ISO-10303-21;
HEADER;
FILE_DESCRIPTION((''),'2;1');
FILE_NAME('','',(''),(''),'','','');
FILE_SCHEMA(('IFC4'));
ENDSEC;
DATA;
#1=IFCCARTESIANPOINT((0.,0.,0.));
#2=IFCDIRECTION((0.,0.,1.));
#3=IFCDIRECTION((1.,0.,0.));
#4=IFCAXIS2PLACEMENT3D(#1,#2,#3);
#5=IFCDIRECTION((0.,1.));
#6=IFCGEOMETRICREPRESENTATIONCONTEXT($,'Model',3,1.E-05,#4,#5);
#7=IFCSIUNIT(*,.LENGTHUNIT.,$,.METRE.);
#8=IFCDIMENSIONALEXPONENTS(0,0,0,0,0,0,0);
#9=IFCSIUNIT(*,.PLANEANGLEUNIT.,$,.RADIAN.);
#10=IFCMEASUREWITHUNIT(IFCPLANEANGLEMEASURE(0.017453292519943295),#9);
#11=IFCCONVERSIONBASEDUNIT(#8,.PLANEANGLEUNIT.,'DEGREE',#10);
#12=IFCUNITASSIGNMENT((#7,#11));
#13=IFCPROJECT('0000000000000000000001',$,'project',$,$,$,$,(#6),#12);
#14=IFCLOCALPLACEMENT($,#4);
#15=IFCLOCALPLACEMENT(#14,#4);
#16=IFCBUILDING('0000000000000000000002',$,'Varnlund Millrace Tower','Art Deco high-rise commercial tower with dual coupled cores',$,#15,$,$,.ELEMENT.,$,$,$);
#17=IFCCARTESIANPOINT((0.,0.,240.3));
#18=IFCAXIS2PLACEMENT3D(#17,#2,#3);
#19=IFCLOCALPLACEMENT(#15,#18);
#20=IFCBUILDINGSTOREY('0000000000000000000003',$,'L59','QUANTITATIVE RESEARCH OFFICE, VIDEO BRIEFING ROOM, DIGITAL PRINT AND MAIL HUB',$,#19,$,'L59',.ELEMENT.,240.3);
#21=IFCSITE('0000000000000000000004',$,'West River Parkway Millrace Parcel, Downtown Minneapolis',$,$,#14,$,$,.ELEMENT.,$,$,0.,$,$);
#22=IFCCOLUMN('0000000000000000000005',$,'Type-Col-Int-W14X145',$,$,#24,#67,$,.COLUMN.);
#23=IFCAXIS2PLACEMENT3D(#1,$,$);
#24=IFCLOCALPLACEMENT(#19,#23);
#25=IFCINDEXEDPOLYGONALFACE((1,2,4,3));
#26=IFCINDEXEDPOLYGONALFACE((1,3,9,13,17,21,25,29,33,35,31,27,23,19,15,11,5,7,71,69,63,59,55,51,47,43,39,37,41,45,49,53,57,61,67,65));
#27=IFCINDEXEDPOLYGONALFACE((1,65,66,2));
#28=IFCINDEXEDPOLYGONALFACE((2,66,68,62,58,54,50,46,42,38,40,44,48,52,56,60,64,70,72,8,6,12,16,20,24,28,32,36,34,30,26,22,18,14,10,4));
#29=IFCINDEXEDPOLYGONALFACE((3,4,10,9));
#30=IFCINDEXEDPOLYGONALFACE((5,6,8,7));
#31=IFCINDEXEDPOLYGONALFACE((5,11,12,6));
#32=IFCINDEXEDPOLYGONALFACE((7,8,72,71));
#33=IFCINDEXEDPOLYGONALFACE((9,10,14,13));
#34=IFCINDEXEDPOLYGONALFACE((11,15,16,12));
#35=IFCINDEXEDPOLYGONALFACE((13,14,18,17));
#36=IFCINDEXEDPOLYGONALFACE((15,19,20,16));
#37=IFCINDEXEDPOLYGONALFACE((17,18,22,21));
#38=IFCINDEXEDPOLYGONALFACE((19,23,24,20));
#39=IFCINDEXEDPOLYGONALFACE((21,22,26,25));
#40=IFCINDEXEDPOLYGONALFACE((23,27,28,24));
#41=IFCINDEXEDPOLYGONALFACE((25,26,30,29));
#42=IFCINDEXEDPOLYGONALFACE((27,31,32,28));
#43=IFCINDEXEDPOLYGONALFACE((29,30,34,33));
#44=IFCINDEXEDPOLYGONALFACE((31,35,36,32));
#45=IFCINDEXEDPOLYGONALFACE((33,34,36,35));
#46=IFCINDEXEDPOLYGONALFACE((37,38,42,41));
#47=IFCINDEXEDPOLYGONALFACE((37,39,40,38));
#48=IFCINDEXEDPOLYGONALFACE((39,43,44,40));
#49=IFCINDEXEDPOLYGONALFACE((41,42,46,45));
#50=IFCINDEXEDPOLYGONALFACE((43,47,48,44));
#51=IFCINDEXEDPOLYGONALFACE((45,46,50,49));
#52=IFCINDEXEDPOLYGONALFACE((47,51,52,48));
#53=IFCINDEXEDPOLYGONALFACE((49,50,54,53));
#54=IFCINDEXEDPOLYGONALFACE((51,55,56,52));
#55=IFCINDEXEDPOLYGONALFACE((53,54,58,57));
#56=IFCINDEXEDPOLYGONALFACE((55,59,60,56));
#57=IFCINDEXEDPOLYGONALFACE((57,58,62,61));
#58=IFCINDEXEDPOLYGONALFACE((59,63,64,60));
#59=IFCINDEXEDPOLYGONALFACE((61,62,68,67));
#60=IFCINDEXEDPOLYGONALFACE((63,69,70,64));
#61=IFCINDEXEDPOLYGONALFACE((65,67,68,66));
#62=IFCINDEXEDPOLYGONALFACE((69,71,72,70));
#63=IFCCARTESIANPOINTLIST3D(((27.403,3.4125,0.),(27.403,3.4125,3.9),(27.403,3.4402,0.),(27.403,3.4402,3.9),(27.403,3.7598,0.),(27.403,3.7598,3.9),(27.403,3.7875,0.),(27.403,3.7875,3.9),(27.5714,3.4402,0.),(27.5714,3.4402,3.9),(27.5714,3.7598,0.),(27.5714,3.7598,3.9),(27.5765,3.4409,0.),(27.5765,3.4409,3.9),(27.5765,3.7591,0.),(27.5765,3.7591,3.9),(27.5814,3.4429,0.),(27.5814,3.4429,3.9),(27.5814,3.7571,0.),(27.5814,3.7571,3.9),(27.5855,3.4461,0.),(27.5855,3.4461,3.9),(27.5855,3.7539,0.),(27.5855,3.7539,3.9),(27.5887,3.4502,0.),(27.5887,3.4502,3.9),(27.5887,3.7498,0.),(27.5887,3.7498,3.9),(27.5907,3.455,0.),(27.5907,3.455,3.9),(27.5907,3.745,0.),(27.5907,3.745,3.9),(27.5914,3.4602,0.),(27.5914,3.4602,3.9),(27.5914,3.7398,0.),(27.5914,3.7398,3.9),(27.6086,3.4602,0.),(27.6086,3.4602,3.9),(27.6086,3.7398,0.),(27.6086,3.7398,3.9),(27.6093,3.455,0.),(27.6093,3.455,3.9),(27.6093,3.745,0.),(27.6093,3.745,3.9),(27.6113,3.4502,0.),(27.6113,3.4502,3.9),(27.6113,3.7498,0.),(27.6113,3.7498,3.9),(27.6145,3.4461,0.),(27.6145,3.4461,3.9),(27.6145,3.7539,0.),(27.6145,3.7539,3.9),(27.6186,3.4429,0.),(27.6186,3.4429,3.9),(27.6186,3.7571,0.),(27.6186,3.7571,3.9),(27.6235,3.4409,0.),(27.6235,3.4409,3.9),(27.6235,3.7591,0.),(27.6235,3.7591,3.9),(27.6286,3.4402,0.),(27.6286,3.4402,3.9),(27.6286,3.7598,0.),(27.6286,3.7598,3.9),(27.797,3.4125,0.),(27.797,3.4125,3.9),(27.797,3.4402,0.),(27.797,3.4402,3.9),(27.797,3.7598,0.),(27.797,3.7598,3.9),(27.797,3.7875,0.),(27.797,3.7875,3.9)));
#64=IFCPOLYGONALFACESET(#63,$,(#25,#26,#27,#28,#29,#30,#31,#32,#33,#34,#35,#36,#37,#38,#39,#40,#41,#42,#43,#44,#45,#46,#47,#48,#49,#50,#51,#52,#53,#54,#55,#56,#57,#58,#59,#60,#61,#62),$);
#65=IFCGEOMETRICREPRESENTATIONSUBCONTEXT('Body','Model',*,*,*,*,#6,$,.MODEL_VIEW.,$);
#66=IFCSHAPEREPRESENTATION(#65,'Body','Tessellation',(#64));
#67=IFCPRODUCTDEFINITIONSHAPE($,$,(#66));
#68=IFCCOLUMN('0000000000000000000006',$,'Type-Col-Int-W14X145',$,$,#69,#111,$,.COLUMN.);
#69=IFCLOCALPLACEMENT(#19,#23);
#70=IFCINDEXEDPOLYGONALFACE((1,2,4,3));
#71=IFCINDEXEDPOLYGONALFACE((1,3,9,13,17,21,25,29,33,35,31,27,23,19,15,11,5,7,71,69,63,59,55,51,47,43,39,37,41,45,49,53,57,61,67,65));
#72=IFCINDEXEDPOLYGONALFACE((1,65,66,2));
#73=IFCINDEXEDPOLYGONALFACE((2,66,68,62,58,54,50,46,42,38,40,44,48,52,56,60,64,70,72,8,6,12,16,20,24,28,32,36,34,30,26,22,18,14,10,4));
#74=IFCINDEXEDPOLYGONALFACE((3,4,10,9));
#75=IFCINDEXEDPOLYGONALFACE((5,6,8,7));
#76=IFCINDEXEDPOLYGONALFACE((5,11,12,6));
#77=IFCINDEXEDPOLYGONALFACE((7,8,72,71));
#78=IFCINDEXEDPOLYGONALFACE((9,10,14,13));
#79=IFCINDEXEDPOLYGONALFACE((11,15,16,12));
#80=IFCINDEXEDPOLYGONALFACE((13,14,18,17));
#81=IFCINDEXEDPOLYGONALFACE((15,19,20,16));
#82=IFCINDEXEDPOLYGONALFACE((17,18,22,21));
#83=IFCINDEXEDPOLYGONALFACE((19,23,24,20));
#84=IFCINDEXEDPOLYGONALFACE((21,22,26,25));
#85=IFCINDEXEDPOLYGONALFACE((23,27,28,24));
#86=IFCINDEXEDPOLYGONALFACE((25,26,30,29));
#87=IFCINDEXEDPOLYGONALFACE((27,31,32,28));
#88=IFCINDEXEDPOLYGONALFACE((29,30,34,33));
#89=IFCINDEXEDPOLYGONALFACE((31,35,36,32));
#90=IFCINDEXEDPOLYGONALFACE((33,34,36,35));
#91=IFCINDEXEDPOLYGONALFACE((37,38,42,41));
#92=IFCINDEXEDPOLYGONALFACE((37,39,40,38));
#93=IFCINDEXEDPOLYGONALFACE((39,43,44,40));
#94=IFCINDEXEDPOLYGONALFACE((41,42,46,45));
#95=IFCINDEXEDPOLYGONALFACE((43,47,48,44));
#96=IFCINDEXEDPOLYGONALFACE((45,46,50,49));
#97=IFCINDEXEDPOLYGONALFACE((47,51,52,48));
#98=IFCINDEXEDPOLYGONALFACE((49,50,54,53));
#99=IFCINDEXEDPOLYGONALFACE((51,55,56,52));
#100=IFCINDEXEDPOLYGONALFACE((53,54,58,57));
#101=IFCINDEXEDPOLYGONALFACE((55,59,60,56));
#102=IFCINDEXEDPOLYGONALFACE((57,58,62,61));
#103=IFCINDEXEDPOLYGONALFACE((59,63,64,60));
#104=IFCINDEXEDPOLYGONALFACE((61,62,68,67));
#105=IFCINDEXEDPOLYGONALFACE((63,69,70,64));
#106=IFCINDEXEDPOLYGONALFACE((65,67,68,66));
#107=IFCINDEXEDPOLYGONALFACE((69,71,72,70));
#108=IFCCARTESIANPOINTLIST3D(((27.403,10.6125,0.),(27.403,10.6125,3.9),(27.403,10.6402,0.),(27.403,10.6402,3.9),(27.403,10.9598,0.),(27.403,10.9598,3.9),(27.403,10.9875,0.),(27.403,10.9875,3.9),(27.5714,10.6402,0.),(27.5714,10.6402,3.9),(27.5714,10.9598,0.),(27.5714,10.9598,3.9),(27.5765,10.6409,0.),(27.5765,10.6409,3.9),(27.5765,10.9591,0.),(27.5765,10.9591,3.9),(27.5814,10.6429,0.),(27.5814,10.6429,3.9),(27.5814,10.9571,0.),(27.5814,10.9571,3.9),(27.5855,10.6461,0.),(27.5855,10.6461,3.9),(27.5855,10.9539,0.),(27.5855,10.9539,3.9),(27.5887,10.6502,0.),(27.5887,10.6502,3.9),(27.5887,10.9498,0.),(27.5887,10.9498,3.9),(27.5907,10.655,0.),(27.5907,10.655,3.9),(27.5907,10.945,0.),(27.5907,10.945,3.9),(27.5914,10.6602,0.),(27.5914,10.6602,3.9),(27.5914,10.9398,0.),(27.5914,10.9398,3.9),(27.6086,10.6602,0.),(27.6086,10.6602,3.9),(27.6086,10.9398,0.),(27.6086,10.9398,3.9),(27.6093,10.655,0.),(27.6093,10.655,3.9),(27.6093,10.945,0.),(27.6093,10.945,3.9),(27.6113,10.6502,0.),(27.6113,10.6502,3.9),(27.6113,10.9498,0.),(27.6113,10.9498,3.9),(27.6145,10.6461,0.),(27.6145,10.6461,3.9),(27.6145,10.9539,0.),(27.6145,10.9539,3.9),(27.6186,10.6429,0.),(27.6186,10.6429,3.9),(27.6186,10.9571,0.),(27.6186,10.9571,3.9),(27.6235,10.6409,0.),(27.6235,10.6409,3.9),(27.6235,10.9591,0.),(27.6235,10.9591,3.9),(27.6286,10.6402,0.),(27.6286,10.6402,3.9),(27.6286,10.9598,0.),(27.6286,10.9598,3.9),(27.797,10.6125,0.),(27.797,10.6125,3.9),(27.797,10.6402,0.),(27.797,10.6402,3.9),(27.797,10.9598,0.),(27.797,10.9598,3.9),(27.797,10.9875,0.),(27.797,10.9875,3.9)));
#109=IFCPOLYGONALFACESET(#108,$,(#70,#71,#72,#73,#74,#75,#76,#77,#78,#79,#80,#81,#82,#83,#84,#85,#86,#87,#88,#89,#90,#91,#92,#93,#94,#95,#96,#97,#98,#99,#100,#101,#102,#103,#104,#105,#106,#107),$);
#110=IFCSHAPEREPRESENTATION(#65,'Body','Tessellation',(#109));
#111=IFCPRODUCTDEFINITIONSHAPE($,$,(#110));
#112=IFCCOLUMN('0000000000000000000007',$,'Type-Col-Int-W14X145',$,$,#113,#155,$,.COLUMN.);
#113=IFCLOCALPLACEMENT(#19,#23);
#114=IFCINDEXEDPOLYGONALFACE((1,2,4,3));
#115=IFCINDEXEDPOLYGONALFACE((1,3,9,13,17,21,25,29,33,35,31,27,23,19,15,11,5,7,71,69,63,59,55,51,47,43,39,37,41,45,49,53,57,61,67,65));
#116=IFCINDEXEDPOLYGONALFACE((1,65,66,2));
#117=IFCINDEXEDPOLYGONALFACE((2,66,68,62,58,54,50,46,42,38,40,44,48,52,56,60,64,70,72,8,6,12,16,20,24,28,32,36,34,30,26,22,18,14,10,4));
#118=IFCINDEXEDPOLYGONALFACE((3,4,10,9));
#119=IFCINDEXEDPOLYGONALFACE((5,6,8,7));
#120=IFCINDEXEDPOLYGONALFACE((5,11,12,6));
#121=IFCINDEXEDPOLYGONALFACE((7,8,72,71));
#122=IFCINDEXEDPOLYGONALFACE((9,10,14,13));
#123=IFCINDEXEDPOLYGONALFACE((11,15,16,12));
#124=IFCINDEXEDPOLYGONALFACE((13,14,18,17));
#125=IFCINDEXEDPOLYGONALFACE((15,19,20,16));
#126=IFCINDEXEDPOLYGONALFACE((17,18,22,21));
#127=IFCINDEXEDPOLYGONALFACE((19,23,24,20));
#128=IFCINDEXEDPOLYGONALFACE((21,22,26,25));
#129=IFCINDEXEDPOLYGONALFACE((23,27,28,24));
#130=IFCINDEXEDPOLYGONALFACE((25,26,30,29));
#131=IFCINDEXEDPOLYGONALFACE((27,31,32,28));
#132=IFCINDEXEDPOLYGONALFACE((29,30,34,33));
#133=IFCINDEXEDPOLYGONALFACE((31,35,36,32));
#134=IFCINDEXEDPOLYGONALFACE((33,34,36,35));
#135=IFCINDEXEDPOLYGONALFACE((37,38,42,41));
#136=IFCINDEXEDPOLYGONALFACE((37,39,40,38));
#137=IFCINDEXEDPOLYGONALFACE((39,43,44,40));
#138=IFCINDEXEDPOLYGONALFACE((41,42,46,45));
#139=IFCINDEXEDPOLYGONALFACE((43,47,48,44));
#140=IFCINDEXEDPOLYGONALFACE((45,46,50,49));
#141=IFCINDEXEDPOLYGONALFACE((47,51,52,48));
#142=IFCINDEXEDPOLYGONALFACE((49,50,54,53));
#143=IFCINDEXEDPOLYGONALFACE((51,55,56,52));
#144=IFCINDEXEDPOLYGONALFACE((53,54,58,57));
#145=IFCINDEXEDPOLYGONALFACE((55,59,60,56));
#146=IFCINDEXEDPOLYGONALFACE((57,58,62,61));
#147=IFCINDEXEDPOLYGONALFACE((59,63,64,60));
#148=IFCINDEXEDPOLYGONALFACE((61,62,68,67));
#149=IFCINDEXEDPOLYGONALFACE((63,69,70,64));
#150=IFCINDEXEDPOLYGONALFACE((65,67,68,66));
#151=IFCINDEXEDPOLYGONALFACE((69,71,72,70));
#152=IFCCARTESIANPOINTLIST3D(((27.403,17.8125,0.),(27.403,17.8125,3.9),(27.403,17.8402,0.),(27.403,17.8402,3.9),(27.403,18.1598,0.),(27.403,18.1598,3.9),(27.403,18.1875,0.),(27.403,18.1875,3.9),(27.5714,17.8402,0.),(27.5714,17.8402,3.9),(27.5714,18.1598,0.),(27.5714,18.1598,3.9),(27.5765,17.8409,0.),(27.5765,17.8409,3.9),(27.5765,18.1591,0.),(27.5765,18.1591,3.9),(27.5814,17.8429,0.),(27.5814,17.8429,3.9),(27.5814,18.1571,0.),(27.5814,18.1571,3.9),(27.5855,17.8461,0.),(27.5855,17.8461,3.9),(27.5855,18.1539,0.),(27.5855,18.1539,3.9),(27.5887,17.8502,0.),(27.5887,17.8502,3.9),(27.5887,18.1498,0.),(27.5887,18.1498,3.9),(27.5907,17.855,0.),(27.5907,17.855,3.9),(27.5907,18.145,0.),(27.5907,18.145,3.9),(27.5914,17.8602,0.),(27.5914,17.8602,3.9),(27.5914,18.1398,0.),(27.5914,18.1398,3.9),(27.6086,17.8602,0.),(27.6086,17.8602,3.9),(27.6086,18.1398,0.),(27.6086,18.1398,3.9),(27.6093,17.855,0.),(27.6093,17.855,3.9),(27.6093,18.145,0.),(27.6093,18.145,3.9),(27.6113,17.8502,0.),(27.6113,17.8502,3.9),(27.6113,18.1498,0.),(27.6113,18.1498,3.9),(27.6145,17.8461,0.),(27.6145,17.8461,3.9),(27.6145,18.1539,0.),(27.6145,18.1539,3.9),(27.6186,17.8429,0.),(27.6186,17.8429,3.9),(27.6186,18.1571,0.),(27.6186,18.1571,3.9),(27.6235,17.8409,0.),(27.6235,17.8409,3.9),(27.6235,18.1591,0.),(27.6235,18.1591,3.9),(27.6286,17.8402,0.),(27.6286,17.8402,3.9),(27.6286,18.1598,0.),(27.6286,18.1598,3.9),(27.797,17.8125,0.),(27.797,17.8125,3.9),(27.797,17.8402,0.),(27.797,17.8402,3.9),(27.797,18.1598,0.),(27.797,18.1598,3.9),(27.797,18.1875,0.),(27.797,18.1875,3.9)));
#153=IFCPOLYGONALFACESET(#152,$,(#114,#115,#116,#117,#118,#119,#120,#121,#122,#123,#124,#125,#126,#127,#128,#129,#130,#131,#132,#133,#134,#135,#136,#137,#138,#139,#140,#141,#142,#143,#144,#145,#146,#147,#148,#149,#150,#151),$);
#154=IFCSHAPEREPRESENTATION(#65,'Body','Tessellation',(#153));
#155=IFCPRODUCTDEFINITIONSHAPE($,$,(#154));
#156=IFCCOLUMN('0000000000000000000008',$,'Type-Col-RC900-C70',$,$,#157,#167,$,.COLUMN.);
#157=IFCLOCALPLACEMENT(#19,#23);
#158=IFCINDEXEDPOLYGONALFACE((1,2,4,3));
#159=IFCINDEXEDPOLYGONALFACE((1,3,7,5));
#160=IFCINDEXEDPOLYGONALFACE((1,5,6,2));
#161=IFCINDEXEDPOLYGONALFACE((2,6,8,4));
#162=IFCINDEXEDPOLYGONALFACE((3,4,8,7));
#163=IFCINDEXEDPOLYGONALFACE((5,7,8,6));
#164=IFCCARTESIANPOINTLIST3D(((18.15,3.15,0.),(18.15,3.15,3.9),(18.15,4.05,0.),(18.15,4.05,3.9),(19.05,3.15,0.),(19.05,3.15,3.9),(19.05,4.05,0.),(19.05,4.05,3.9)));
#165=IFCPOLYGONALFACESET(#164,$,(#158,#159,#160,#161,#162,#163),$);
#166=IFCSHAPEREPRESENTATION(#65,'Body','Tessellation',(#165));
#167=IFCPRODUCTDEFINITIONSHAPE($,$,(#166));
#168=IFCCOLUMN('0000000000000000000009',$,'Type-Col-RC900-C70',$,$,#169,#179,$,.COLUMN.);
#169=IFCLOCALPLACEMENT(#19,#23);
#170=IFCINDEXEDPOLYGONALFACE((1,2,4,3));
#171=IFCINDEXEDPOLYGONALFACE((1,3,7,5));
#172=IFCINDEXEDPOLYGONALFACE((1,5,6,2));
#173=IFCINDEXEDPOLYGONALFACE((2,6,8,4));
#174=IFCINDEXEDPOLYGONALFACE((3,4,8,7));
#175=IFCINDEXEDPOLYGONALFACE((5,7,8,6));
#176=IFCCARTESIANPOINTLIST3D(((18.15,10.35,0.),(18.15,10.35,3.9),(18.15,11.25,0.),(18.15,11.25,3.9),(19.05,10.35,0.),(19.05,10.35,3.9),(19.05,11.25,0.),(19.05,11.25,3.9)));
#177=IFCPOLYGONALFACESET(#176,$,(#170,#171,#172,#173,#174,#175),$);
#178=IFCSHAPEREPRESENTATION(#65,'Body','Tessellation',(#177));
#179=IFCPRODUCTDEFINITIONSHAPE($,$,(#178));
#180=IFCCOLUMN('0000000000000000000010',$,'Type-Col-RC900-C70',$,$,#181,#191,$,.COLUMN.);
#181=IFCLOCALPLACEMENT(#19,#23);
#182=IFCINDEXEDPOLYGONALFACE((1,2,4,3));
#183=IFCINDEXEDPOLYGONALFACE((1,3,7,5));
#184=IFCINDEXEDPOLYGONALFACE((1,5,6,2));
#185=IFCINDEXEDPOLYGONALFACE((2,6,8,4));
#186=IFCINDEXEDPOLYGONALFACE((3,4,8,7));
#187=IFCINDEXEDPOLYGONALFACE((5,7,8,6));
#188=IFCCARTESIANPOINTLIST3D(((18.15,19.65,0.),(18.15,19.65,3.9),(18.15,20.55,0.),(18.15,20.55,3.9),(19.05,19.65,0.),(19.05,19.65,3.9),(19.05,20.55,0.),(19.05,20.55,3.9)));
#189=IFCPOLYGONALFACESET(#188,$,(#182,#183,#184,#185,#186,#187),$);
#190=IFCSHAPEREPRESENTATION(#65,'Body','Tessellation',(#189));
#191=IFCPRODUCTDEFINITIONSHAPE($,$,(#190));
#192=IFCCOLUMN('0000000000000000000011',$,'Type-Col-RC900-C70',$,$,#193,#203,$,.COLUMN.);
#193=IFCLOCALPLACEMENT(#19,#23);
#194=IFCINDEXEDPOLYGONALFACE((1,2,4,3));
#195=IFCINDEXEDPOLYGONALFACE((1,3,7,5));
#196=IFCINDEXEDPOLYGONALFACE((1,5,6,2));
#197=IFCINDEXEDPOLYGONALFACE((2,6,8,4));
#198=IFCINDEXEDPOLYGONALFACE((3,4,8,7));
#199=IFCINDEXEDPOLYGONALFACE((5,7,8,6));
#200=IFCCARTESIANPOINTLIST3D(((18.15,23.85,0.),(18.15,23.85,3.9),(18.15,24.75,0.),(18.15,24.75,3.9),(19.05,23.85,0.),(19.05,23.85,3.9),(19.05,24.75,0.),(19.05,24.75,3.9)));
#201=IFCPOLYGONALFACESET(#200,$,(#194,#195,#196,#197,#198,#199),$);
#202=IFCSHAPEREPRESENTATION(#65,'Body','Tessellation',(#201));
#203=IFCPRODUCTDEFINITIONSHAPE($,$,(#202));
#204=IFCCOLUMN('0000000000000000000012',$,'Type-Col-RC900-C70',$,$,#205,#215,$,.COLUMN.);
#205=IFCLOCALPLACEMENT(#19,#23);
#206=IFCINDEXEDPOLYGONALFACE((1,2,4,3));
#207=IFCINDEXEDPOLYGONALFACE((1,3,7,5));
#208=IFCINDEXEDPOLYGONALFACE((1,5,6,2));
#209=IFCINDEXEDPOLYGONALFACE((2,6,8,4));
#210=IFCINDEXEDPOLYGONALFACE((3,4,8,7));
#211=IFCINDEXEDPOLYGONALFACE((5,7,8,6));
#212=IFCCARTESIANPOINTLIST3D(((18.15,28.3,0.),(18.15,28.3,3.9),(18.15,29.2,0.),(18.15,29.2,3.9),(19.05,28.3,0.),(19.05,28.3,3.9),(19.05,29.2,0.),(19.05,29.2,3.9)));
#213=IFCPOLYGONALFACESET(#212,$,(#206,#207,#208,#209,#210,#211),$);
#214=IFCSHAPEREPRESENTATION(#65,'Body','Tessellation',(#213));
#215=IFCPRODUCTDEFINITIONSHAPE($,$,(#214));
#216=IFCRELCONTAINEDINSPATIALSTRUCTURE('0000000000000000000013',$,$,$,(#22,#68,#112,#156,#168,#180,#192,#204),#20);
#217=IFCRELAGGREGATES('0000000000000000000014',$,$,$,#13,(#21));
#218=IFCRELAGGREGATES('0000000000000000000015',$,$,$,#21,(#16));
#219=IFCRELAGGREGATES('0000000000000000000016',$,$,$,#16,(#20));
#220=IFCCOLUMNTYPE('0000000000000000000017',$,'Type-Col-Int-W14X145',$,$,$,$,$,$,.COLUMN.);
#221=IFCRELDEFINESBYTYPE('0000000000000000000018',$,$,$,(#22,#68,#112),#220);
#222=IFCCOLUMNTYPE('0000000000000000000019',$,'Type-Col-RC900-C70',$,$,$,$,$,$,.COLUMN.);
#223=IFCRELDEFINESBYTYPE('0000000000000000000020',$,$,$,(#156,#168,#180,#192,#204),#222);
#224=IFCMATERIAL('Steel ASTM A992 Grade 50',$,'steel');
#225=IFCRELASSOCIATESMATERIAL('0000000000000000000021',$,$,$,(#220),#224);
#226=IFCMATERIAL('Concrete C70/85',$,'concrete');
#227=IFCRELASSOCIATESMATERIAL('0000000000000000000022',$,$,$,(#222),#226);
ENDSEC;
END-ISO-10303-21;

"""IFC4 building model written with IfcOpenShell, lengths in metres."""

from ifc_helpers import new_model, entity, si_unit, converted_unit, direction, frame, origin_with_axes, origin_2d_with_axis, place, context, subcontext, project, spatial, rectangle, i_section, extrude, material, material_profile, profile_set, type_object, element, save


model = new_model("IFC4")

# Units and contexts
model_context = context("Model", 3, precision=1e-05, world=origin_with_axes(), true_north=direction((0.0, 1.0)))
body_context = subcontext(model_context, "Body", "Model", "MODEL_VIEW")
ifc_project = project(units=[si_unit("LENGTHUNIT", "METRE"), converted_unit("PLANEANGLEUNIT", "DEGREE", entity("IfcPlaneAngleMeasure", 0.017453292519943295), si_unit("PLANEANGLEUNIT", "RADIAN"), dimensions=[0, 0, 0, 0, 0, 0, 0])], contexts=[model_context])

# Site, building, storey
site_placement = place(None, origin_with_axes())
site = spatial("IfcSite", under=ifc_project, at=site_placement, Name="West River Parkway Millrace Parcel, Downtown Minneapolis", CompositionType="ELEMENT", RefElevation=0.0)
building_placement = place(site_placement, origin_with_axes())
building = spatial("IfcBuilding", under=site, at=building_placement, Name="Varnlund Millrace Tower", Description="Art Deco high-rise commercial tower with dual coupled cores", CompositionType="ELEMENT")
storey_placement = place(building_placement, frame((0.0, 0.0, 240.3), z_axis=(0.0, 0.0, 1.0), x_axis=(1.0, 0.0, 0.0)))
storey = spatial("IfcBuildingStorey", under=building, at=storey_placement, Name="L59", Description="QUANTITATIVE RESEARCH OFFICE, VIDEO BRIEFING ROOM, DIGITAL PRINT AND MAIL HUB", LongName="L59", CompositionType="ELEMENT", Elevation=240.3)

# Columns
ifc_material_1 = material(Name="Steel ASTM A992 Grade 50", Category="steel")
ifc_material_profile_1 = material_profile(ifc_material_1, i_section(OverallWidth=0.394, OverallDepth=0.375, WebThickness=0.0173, FlangeThickness=0.0277, FilletRadius=0.02, at=origin_2d_with_axis()), Name="Steel ASTM A992 Grade 50")
ifc_profile_set_1 = profile_set([ifc_material_profile_1], Name="Steel ASTM A992 Grade 50")
column_type_1 = type_object("IfcColumnType", Name="Type-Col-Int-W14X145", PredefinedType="COLUMN", material=ifc_profile_set_1)
for number, where, z_axis, x_axis, name in (
    (1, (27.6, 3.6, 0.0), (0.0, 0.0, 1.0), (1.0, 0.0, 0.0), "Type-Col-Int-W14X145"),
    (2, (27.6, 10.8, 0.0), (0.0, 0.0, 1.0), (1.0, 0.0, 0.0), "Type-Col-Int-W14X145"),
    (3, (27.6, 18.0, 0.0), (0.0, 0.0, 1.0), (1.0, 0.0, 0.0), "Type-Col-Int-W14X145"),
):
    element("IfcColumn", number, at=place(storey_placement, frame(where, z_axis=z_axis, x_axis=x_axis)), inside=storey, type_object=column_type_1, Name=name, PredefinedType="COLUMN", context=body_context, shape_type="SweptSolid", body=[
        extrude(i_section(OverallWidth=0.394, OverallDepth=0.375, WebThickness=0.0173, FlangeThickness=0.0277, FilletRadius=0.02, at=origin_2d_with_axis()), origin_with_axes(), (0.0, 0.0, 1.0), 3.9),
    ])
ifc_material_2 = material(Name="Concrete C70/85", Category="concrete")
ifc_material_profile_2 = material_profile(ifc_material_2, rectangle(XDim=0.9, YDim=0.9, at=origin_2d_with_axis()), Name="Concrete C70/85")
ifc_profile_set_2 = profile_set([ifc_material_profile_2], Name="Concrete C70/85")
column_type_2 = type_object("IfcColumnType", Name="Type-Col-RC900-C70", PredefinedType="COLUMN", material=ifc_profile_set_2)
for number, where, z_axis, x_axis, name in (
    (4, (18.6, 3.6, 0.0), (0.0, 0.0, 1.0), (1.0, 0.0, 0.0), "Type-Col-RC900-C70"),
    (5, (18.6, 10.8, 0.0), (0.0, 0.0, 1.0), (1.0, 0.0, 0.0), "Type-Col-RC900-C70"),
    (6, (18.6, 20.1, 0.0), (0.0, 0.0, 1.0), (1.0, 0.0, 0.0), "Type-Col-RC900-C70"),
    (7, (18.6, 24.3, 0.0), (0.0, 0.0, 1.0), (1.0, 0.0, 0.0), "Type-Col-RC900-C70"),
    (8, (18.6, 28.75, 0.0), (0.0, 0.0, 1.0), (1.0, 0.0, 0.0), "Type-Col-RC900-C70"),
):
    element("IfcColumn", number, at=place(storey_placement, frame(where, z_axis=z_axis, x_axis=x_axis)), inside=storey, type_object=column_type_2, Name=name, PredefinedType="COLUMN", context=body_context, shape_type="SweptSolid", body=[
        extrude(rectangle(XDim=0.9, YDim=0.9, at=origin_2d_with_axis()), origin_with_axes(), (0.0, 0.0, 1.0), 3.9),
    ])

save(model, "model.ifc")
